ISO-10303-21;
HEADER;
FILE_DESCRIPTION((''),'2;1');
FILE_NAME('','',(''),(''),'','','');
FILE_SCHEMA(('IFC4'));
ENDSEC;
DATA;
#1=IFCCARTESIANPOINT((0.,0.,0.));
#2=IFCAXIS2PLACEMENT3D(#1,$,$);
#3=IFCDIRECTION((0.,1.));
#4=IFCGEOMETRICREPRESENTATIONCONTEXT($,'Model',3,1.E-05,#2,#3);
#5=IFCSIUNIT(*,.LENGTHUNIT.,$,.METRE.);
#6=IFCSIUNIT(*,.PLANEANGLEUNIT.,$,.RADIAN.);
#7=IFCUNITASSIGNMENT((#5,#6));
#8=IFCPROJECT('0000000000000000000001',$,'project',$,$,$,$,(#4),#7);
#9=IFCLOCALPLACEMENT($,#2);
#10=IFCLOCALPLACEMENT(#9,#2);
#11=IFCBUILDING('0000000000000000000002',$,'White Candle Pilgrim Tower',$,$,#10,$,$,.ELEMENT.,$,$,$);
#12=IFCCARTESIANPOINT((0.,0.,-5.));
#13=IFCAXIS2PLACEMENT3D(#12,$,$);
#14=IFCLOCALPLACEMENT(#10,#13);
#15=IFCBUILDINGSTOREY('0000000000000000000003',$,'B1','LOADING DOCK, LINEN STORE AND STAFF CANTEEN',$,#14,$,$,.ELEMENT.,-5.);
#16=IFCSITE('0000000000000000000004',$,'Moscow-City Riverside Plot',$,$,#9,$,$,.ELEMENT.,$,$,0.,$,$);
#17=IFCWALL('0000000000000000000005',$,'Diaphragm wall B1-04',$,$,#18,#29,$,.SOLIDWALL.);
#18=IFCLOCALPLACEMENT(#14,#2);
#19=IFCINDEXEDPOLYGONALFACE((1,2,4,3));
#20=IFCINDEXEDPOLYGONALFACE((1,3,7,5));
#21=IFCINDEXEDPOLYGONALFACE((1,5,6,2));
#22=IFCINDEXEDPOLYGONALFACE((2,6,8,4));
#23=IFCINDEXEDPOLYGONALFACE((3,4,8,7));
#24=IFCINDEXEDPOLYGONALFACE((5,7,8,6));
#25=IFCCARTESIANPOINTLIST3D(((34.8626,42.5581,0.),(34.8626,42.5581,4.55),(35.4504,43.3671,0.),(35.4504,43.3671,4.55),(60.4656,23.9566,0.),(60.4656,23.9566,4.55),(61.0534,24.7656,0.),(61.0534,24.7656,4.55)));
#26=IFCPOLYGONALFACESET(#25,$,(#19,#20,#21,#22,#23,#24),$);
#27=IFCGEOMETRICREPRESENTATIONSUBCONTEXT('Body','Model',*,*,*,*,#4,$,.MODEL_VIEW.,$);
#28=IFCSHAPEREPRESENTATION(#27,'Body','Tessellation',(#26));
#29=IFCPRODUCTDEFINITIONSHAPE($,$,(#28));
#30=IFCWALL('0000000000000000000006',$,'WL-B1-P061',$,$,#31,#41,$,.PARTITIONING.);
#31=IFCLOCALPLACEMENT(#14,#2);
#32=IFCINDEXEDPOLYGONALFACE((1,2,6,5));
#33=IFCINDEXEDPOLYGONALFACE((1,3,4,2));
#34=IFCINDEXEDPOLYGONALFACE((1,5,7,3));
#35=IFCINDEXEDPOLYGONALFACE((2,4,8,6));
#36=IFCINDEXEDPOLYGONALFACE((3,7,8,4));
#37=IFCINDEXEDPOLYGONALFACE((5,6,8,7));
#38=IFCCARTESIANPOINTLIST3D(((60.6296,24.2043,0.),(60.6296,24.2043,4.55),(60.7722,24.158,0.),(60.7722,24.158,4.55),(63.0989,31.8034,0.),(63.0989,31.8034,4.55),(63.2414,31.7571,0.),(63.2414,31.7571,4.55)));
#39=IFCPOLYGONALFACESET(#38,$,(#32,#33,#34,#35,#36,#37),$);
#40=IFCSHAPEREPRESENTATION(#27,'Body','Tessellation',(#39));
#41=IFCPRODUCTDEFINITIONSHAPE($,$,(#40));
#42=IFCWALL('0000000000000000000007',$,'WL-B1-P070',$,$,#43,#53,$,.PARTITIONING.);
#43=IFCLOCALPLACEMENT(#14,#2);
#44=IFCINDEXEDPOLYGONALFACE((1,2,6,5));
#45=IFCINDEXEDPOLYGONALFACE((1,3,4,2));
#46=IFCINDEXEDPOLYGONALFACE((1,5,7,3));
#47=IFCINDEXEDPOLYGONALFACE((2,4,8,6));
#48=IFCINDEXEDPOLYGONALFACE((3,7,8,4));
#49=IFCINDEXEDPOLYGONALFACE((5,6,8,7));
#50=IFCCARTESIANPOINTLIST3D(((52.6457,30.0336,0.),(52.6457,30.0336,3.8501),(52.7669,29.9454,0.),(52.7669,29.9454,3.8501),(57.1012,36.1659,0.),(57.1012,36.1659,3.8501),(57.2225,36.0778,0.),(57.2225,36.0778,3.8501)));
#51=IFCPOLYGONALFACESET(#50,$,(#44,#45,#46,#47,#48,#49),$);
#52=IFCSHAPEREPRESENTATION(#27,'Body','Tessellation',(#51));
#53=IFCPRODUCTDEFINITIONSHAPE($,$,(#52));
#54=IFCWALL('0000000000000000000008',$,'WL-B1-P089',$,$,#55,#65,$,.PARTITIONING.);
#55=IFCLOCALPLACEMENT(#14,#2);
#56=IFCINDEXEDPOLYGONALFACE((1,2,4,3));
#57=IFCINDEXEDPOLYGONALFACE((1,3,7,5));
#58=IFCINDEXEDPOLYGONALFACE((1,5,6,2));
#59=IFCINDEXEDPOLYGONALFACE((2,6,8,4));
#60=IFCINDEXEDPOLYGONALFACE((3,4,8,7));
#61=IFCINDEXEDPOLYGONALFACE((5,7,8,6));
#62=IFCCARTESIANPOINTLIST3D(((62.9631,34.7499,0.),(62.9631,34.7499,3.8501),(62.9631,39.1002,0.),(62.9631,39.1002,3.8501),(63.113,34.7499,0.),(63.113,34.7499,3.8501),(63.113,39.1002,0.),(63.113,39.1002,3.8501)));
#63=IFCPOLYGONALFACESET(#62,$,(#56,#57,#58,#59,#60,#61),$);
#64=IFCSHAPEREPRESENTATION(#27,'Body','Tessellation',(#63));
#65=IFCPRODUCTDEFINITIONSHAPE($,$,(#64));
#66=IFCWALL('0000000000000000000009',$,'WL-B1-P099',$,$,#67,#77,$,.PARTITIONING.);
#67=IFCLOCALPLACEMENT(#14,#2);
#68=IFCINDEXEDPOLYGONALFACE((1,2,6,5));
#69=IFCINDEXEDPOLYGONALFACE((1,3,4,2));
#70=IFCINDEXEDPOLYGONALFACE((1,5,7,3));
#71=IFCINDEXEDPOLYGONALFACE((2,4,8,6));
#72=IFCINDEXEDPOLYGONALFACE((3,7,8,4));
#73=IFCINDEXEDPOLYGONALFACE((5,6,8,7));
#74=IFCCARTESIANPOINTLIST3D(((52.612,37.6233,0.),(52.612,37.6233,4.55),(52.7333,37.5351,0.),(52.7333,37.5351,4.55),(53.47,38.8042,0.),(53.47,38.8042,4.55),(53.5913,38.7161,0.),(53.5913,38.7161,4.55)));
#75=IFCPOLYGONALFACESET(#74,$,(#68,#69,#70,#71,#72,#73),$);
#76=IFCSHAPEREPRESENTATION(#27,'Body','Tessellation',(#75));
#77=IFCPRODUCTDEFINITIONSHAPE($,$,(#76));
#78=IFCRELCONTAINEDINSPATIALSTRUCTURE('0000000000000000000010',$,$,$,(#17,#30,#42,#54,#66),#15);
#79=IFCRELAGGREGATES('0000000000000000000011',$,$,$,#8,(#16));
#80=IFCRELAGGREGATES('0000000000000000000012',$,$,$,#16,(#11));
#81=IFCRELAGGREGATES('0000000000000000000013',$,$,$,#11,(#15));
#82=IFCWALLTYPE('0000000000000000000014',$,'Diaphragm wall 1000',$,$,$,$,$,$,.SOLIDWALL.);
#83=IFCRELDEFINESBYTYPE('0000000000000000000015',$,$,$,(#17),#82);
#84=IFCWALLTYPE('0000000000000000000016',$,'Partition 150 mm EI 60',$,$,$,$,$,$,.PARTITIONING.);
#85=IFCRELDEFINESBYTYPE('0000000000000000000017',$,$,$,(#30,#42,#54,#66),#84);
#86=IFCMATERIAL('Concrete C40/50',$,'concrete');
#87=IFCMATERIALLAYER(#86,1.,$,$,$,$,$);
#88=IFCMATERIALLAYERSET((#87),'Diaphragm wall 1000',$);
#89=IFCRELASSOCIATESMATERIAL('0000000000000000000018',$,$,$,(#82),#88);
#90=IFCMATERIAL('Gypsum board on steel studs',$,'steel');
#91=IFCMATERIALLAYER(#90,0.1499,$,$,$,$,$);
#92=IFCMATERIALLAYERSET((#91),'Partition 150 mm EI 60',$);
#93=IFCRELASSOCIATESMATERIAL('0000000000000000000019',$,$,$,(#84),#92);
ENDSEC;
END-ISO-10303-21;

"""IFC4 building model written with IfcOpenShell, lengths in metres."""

from ifc_helpers import new_model, si_unit, direction, frame, frame_2d, origin, place, context, subcontext, project, spatial, rectangle, extrude, material, layer, layer_set, type_object, element, save


model = new_model("IFC4")

# Units and contexts
model_context = context("Model", 3, precision=1e-05, world=origin(), true_north=direction((0.0, 1.0)))
body_context = subcontext(model_context, "Body", "Model", "MODEL_VIEW")
ifc_project = project(units=[si_unit("LENGTHUNIT", "METRE"), si_unit("PLANEANGLEUNIT", "RADIAN")], contexts=[model_context])

# Site, building, storey
site_placement = place(None, origin())
site = spatial("IfcSite", under=ifc_project, at=site_placement, Name="Moscow-City Riverside Plot", CompositionType="ELEMENT", RefElevation=0.0)
building_placement = place(site_placement, origin())
building = spatial("IfcBuilding", under=site, at=building_placement, Name="White Candle Pilgrim Tower", CompositionType="ELEMENT")
storey_placement = place(building_placement, frame((0.0, 0.0, -5.0)))
storey = spatial("IfcBuildingStorey", under=building, at=storey_placement, Name="B1", Description="LOADING DOCK, LINEN STORE AND STAFF CANTEEN", CompositionType="ELEMENT", Elevation=-5.0)

# Shared definitions
ifc_material_1 = material(Name="Gypsum board on steel studs", Category="steel")

# Walls
ifc_material_2 = material(Name="Concrete C40/50", Category="concrete")
ifc_layer_1 = layer(ifc_material_2, 1.0)
ifc_layer_set_1 = layer_set([ifc_layer_1], Name="Diaphragm wall 1000")
wall_type_1 = type_object("IfcWallType", Name="Diaphragm wall 1000", PredefinedType="SOLIDWALL", material=ifc_layer_set_1)
wall_1_placement = place(storey_placement, frame((60.7595, 24.3611, 0.0), z_axis=(0.0, 0.0, 1.0), x_axis=(-0.809019, 0.587783, 0.0)))
element("IfcWall", 1, at=wall_1_placement, inside=storey, type_object=wall_type_1, Name="Diaphragm wall B1-04", PredefinedType="SOLIDWALL", context=body_context, shape_type="SweptSolid", body=[
    extrude(rectangle(XDim=31.647, YDim=1.0, at=frame_2d((15.8235, 0.0))), origin(), (0.0, 0.0, 1.0), 4.55),
])
ifc_layer_2 = layer(ifc_material_1, 0.1499)
ifc_layer_set_2 = layer_set([ifc_layer_2], Name="Partition 150 mm EI 60")
wall_type_2 = type_object("IfcWallType", Name="Partition 150 mm EI 60", PredefinedType="PARTITIONING", material=ifc_layer_set_2)
wall_2_placement = place(storey_placement, frame((60.7009, 24.1812, 0.0), z_axis=(0.0, 0.0, 1.0), x_axis=(0.309032, 0.951052, 0.0)))
element("IfcWall", 2, at=wall_2_placement, inside=storey, type_object=wall_type_2, Name="WL-B1-P061", PredefinedType="PARTITIONING", context=body_context, shape_type="SweptSolid", body=[
    extrude(rectangle(XDim=7.9902, YDim=0.1499, at=frame_2d((3.9951, 0.0))), origin(), (0.0, 0.0, 1.0), 4.55),
])
wall_3_placement = place(storey_placement, frame((52.7063, 29.9895, 0.0), z_axis=(0.0, 0.0, 1.0), x_axis=(0.5878, 0.809006, 0.0)))
element("IfcWall", 3, at=wall_3_placement, inside=storey, type_object=wall_type_2, Name="WL-B1-P070", PredefinedType="PARTITIONING", context=body_context, shape_type="SweptSolid", body=[
    extrude(rectangle(XDim=7.5801, YDim=0.1499, at=frame_2d((3.79, 0.0))), origin(), (0.0, 0.0, 1.0), 3.8501),
])
wall_4_placement = place(storey_placement, frame((63.0381, 34.7498, 0.0), z_axis=(0.0, 0.0, 1.0), x_axis=(0.0, 1.0, 0.0)))
element("IfcWall", 4, at=wall_4_placement, inside=storey, type_object=wall_type_2, Name="WL-B1-P089", PredefinedType="PARTITIONING", context=body_context, shape_type="SweptSolid", body=[
    extrude(rectangle(XDim=4.3503, YDim=0.1499, at=frame_2d((2.1753, 0.0))), origin(), (0.0, 0.0, 1.0), 3.8501),
])
wall_5_placement = place(storey_placement, frame((52.6726, 37.5791, 0.0), z_axis=(0.0, 0.0, 1.0), x_axis=(0.587754, 0.80904, 0.0)))
element("IfcWall", 5, at=wall_5_placement, inside=storey, type_object=wall_type_2, Name="WL-B1-P099", PredefinedType="PARTITIONING", context=body_context, shape_type="SweptSolid", body=[
    extrude(rectangle(XDim=1.4597, YDim=0.1499, at=frame_2d((0.73, 0.0))), origin(), (0.0, 0.0, 1.0), 4.55),
])

save(model, "model.ifc")
